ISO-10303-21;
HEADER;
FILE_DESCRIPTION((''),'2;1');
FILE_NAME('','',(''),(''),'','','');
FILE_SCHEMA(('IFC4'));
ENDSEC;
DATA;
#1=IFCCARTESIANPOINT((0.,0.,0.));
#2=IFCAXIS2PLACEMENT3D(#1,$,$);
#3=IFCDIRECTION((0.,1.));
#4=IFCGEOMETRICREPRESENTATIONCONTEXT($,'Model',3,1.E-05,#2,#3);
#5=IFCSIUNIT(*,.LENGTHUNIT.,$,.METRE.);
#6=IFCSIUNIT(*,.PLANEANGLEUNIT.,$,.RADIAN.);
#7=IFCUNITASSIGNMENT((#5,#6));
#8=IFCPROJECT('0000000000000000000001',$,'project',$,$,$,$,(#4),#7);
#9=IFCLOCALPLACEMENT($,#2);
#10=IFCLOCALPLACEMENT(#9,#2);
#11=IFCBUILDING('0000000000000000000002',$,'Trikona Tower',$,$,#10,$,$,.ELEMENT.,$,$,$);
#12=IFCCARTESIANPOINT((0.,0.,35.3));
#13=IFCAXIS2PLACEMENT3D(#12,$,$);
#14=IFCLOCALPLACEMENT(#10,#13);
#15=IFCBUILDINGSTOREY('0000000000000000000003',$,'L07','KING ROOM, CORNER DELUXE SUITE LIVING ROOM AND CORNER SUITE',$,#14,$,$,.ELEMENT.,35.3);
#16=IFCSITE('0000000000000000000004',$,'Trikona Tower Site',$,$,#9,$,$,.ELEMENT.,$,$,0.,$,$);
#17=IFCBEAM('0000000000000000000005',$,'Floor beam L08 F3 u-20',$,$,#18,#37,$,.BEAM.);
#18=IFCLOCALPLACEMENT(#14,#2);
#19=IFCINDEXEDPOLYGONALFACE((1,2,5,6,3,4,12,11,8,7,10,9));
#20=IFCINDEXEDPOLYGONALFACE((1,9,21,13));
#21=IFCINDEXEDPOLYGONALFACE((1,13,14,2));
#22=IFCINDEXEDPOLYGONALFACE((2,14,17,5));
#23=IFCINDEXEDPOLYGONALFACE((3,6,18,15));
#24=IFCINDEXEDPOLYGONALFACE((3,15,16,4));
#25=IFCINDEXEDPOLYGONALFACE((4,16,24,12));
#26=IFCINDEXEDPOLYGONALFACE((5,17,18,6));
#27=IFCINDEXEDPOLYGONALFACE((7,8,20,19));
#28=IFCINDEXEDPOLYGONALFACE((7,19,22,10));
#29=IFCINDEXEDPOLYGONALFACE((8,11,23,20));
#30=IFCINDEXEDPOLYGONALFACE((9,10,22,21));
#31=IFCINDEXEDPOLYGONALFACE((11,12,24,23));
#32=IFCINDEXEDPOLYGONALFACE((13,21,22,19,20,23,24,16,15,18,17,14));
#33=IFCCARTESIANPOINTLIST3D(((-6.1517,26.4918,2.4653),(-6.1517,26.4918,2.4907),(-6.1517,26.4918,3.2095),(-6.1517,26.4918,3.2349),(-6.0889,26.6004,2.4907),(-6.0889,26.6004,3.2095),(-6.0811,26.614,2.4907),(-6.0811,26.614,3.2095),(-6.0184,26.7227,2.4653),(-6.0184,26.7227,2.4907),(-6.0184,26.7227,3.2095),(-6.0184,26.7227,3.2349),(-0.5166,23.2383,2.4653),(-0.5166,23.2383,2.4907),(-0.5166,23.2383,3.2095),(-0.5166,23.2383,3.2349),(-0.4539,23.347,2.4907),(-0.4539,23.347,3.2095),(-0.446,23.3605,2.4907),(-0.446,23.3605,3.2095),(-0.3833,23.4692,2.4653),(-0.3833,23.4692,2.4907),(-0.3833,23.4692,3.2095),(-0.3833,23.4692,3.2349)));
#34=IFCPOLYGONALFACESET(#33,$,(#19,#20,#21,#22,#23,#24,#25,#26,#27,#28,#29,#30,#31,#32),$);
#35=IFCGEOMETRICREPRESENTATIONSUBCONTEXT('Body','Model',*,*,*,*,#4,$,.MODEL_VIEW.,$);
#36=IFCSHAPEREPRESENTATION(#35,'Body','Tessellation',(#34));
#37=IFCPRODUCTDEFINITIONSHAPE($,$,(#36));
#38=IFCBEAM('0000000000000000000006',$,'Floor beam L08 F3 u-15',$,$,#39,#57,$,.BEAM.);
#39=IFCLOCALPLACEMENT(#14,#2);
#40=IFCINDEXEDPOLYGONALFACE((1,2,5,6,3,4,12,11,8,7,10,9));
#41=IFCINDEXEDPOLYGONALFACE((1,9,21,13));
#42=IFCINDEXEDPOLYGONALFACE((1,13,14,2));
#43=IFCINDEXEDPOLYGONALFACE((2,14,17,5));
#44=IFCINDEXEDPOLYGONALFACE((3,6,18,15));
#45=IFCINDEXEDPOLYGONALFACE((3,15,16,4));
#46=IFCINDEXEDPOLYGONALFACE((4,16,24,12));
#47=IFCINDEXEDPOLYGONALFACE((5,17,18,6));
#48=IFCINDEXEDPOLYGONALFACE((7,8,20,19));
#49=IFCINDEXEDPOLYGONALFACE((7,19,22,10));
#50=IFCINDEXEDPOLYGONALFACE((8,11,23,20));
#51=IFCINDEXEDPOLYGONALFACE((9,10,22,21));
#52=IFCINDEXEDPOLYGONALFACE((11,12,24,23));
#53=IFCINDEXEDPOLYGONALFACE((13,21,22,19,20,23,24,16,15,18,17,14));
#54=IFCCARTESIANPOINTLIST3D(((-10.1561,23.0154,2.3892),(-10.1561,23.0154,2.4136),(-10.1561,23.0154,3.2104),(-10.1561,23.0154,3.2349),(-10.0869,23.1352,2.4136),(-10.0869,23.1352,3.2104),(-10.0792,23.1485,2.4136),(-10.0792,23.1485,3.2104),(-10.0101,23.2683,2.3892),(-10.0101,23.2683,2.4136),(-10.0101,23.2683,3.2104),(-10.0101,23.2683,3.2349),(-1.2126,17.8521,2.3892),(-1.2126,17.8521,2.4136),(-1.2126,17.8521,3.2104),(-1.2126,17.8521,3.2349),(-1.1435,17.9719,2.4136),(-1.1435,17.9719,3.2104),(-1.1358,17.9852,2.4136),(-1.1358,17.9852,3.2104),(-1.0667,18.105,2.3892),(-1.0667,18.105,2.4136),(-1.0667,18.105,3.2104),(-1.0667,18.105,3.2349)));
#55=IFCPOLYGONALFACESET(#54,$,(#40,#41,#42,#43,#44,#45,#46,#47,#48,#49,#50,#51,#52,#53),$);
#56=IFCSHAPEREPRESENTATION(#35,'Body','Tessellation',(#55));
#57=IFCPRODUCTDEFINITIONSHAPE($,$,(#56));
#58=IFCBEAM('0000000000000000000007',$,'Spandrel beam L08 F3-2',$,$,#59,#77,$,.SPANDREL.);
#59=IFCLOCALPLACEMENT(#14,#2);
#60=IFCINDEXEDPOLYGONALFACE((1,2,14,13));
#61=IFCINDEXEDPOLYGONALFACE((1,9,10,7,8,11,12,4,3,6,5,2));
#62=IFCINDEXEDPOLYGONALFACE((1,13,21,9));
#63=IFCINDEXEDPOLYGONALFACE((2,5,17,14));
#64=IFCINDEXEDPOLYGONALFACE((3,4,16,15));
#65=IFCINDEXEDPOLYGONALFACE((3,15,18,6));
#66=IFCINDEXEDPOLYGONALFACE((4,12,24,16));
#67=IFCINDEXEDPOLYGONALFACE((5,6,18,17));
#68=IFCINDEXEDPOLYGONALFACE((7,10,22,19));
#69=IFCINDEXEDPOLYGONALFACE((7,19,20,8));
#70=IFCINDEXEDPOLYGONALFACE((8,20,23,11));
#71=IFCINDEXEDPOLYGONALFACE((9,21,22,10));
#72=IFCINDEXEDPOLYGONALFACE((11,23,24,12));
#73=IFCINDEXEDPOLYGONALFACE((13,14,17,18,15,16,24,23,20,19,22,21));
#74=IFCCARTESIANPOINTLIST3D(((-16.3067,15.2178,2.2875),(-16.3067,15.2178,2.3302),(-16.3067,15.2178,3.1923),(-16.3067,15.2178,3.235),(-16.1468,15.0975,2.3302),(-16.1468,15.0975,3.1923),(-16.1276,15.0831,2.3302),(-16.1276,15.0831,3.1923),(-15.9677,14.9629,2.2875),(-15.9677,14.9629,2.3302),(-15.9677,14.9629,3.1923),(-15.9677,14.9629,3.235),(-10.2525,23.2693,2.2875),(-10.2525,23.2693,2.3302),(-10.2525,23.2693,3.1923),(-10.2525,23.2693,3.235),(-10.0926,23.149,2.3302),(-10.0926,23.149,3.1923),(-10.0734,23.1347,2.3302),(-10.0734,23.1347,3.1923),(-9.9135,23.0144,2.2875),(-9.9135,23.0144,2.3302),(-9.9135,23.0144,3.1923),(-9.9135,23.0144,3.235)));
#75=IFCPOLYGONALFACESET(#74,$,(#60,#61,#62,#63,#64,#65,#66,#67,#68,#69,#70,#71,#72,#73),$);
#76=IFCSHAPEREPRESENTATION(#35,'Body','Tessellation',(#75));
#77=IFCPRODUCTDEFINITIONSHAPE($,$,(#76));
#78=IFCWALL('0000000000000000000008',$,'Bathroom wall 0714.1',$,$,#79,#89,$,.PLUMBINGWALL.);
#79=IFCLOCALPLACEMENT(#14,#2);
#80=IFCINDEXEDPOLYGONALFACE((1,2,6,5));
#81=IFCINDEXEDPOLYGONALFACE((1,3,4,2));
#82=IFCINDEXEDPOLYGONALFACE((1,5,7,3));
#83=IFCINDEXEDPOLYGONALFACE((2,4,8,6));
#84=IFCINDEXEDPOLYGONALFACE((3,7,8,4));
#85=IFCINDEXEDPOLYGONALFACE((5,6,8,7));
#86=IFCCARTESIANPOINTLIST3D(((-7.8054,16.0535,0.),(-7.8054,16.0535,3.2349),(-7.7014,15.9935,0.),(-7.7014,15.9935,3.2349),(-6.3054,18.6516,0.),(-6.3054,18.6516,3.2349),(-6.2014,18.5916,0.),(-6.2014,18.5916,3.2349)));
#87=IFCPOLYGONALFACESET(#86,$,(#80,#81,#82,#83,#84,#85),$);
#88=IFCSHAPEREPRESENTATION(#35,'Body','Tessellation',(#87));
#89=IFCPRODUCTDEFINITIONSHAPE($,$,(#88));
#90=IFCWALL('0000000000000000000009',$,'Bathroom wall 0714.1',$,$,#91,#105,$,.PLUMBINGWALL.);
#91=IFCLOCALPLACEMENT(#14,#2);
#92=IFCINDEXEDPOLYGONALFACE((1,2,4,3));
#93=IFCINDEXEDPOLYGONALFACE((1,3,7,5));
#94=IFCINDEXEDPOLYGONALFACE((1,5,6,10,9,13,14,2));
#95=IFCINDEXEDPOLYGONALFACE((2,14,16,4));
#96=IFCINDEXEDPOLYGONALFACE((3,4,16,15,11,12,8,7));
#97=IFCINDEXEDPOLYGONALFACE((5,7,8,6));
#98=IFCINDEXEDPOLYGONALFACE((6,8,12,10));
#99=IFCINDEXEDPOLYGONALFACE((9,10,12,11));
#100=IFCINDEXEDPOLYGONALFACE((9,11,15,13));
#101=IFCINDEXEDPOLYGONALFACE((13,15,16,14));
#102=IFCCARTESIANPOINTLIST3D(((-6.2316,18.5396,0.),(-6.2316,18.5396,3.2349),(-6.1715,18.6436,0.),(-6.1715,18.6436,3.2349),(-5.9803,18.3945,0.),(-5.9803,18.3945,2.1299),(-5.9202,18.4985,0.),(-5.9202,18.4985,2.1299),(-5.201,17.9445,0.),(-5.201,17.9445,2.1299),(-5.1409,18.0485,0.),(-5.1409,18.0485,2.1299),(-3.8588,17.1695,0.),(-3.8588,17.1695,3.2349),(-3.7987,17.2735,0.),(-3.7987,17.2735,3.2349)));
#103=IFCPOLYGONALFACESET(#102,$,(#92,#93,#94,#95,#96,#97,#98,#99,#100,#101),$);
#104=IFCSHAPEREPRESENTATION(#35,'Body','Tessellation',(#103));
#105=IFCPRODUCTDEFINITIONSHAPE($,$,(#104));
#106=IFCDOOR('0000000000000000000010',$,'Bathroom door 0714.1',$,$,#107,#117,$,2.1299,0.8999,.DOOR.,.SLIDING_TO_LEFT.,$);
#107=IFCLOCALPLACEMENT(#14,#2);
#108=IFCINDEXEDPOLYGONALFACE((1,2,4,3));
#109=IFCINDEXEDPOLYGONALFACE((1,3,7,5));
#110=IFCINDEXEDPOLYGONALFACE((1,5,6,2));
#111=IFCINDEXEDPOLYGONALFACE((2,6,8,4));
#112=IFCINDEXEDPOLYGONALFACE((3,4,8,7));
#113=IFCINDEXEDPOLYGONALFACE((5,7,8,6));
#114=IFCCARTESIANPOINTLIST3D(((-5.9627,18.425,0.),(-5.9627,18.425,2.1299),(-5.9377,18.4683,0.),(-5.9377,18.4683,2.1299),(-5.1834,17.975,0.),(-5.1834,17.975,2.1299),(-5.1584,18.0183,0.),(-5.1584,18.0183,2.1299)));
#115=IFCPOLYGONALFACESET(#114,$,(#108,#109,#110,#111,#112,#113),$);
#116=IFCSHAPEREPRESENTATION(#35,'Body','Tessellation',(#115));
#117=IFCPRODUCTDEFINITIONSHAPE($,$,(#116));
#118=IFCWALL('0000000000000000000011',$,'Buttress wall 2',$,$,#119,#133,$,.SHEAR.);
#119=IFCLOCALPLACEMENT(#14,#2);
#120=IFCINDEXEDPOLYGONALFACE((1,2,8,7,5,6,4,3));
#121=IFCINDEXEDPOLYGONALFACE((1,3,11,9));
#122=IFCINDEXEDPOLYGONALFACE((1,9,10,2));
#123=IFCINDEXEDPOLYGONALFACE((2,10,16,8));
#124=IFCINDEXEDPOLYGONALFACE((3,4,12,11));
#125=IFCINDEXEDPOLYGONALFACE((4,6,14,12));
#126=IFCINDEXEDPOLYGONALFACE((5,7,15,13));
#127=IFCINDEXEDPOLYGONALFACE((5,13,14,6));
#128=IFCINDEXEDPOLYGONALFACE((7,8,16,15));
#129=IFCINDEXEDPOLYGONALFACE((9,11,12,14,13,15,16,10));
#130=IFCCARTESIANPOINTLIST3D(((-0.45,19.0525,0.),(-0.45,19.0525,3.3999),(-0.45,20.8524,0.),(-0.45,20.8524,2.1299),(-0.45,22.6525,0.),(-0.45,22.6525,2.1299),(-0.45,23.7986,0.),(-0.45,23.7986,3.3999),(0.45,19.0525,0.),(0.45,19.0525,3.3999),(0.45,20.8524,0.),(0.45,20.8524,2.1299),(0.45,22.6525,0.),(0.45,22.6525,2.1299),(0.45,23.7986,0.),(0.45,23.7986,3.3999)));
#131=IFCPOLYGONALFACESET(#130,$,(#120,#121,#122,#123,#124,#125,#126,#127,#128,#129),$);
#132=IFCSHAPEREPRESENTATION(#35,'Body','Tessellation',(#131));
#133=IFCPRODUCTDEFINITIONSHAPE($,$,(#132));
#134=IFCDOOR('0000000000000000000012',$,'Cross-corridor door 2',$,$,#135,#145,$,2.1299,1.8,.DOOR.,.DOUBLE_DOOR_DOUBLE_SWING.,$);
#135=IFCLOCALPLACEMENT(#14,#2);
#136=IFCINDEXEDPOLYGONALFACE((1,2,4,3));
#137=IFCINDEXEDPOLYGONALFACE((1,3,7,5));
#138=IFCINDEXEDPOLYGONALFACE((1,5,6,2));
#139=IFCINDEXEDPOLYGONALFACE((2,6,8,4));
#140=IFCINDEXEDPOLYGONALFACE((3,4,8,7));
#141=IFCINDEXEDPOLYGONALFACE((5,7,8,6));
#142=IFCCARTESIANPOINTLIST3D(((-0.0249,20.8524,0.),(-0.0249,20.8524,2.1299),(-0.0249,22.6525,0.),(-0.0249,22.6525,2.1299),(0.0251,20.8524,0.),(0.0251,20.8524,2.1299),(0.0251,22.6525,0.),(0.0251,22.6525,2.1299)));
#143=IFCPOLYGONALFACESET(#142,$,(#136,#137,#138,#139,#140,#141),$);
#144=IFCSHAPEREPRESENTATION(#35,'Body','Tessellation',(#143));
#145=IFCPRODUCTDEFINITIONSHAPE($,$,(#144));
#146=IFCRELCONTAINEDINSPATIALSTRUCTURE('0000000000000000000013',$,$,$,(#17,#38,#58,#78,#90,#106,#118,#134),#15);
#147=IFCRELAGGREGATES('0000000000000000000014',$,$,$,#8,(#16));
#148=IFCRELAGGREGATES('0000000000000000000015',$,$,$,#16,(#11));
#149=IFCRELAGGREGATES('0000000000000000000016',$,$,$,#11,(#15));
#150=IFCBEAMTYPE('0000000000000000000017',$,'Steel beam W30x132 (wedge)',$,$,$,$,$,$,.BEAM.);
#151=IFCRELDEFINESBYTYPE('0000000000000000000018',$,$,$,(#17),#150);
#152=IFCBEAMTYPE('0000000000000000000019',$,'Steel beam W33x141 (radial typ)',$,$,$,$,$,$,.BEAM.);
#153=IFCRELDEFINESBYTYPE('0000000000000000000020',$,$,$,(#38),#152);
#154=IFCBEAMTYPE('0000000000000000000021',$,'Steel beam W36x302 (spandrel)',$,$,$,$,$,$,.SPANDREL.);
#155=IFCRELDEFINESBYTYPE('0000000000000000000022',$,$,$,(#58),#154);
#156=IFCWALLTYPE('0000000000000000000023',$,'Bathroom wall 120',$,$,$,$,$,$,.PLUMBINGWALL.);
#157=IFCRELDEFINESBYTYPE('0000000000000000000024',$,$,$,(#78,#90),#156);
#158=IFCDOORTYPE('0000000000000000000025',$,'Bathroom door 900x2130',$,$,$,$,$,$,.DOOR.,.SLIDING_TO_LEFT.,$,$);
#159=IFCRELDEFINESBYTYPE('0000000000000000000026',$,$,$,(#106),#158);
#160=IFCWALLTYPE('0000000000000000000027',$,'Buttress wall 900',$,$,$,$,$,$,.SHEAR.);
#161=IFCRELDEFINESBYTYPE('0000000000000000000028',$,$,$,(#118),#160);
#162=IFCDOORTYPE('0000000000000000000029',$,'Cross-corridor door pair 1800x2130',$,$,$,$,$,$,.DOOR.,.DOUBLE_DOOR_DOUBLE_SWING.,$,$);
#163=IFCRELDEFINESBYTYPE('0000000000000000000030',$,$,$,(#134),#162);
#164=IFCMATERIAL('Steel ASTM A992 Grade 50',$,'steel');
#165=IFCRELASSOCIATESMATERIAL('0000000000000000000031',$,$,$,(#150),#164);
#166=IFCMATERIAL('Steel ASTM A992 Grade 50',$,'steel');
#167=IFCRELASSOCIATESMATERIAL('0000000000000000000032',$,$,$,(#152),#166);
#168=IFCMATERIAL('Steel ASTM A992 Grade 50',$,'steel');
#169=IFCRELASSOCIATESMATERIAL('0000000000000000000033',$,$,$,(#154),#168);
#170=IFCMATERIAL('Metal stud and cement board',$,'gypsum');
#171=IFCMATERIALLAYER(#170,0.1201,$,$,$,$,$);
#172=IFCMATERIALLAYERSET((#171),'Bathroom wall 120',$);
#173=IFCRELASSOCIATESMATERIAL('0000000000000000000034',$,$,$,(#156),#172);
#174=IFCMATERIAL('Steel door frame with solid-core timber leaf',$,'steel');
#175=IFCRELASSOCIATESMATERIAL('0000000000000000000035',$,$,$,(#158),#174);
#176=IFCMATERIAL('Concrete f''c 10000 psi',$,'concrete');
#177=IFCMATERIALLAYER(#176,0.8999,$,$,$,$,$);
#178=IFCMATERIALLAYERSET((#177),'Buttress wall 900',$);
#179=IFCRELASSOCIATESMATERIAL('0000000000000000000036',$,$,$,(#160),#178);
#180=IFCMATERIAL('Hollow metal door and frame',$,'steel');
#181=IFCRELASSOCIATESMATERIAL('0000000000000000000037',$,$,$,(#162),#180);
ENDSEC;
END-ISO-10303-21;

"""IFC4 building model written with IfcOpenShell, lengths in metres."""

from ifc_helpers import new_model, si_unit, direction, frame, frame_2d, origin, origin_2d, place, context, subcontext, project, spatial, rectangle, i_section, extrude, material, layer, layer_set, material_profile, profile_set, type_object, element, fill, save


model = new_model("IFC4")

# Units and contexts
model_context = context("Model", 3, precision=1e-05, world=origin(), true_north=direction((0.0, 1.0)))
body_context = subcontext(model_context, "Body", "Model", "MODEL_VIEW")
ifc_project = project(units=[si_unit("LENGTHUNIT", "METRE"), si_unit("PLANEANGLEUNIT", "RADIAN")], contexts=[model_context])

# Site, building, storey
site_placement = place(None, origin())
site = spatial("IfcSite", under=ifc_project, at=site_placement, Name="Trikona Tower Site", CompositionType="ELEMENT", RefElevation=0.0)
building_placement = place(site_placement, origin())
building = spatial("IfcBuilding", under=site, at=building_placement, Name="Trikona Tower", CompositionType="ELEMENT")
storey_placement = place(building_placement, frame((0.0, 0.0, 35.3)))
storey = spatial("IfcBuildingStorey", under=building, at=storey_placement, Name="L07", Description="KING ROOM, CORNER DELUXE SUITE LIVING ROOM AND CORNER SUITE", CompositionType="ELEMENT", Elevation=35.3)

# Beams
ifc_material_1 = material(Name="Steel ASTM A992 Grade 50", Category="steel")
ifc_material_profile_1 = material_profile(ifc_material_1, i_section(OverallWidth=0.2666, OverallDepth=0.7695, WebThickness=0.0156, FlangeThickness=0.0254, at=origin_2d()), Name="W30X132")
ifc_profile_set_1 = profile_set([ifc_material_profile_1], Name="Steel ASTM A992 Grade 50")
beam_type_1 = type_object("IfcBeamType", Name="Steel beam W30x132 (wedge)", PredefinedType="BEAM", material=ifc_profile_set_1)
beam_1_placement = place(storey_placement, frame((-0.45, 23.3538, 2.8501), z_axis=(-0.866023, 0.500005, 0.0), x_axis=(-0.500005, -0.866023, 0.0)))
element("IfcBeam", 1, at=beam_1_placement, inside=storey, type_object=beam_type_1, Name="Floor beam L08 F3 u-20", PredefinedType="BEAM", context=body_context, shape_type="SweptSolid", body=[
    extrude(i_section(OverallWidth=0.2666, OverallDepth=0.7695, WebThickness=0.0156, FlangeThickness=0.0254, at=origin_2d()), origin(), (0.0, 0.0, 1.0), 6.5068),
])
ifc_material_2 = material(Name="Steel ASTM A992 Grade 50", Category="steel")
ifc_material_profile_2 = material_profile(ifc_material_2, i_section(OverallWidth=0.292, OverallDepth=0.8457, WebThickness=0.0154, FlangeThickness=0.0244, at=origin_2d()), Name="W33X141")
ifc_profile_set_2 = profile_set([ifc_material_profile_2], Name="Steel ASTM A992 Grade 50")
beam_type_2 = type_object("IfcBeamType", Name="Steel beam W33x141 (radial typ)", PredefinedType="BEAM", material=ifc_profile_set_2)
beam_2_placement = place(storey_placement, frame((-1.1396, 17.9785, 2.812), z_axis=(-0.86603, 0.499991, 0.0), x_axis=(-0.499991, -0.86603, 0.0)))
element("IfcBeam", 2, at=beam_2_placement, inside=storey, type_object=beam_type_2, Name="Floor beam L08 F3 u-15", PredefinedType="BEAM", context=body_context, shape_type="SweptSolid", body=[
    extrude(i_section(OverallWidth=0.292, OverallDepth=0.8457, WebThickness=0.0154, FlangeThickness=0.0244, at=origin_2d()), origin(), (0.0, 0.0, 1.0), 10.3269),
])
ifc_material_3 = material(Name="Steel ASTM A992 Grade 50", Category="steel")
ifc_material_profile_3 = material_profile(ifc_material_3, i_section(OverallWidth=0.4241, OverallDepth=0.9475, WebThickness=0.0239, FlangeThickness=0.0427, at=origin_2d()), Name="W36X302")
ifc_profile_set_3 = profile_set([ifc_material_profile_3], Name="Steel ASTM A992 Grade 50")
beam_type_3 = type_object("IfcBeamType", Name="Steel beam W36x302 (spandrel)", PredefinedType="SPANDREL", material=ifc_profile_set_3)
beam_3_placement = place(storey_placement, frame((-10.083, 23.1418, 2.7612), z_axis=(-0.600988, -0.799258, 0.0), x_axis=(0.799258, -0.600988, 0.0)))
element("IfcBeam", 3, at=beam_3_placement, inside=storey, type_object=beam_type_3, Name="Spandrel beam L08 F3-2", PredefinedType="SPANDREL", context=body_context, shape_type="SweptSolid", body=[
    extrude(i_section(OverallWidth=0.4241, OverallDepth=0.9475, WebThickness=0.0239, FlangeThickness=0.0427, at=origin_2d()), origin(), (0.0, 0.0, 1.0), 10.0737),
])

# Wall
ifc_material_4 = material(Name="Metal stud and cement board", Category="gypsum")
ifc_layer_1 = layer(ifc_material_4, 0.1201)
ifc_layer_set_1 = layer_set([ifc_layer_1], Name="Bathroom wall 120")
wall_type_1 = type_object("IfcWallType", Name="Bathroom wall 120", PredefinedType="PLUMBINGWALL", material=ifc_layer_set_1)
wall_1_placement = place(storey_placement, frame((-6.2534, 18.6216, 0.0), z_axis=(0.0, 0.0, 1.0), x_axis=(-0.49999, -0.866031, 0.0)))
element("IfcWall", 4, at=wall_1_placement, inside=storey, type_object=wall_type_1, Name="Bathroom wall 0714.1", PredefinedType="PLUMBINGWALL", context=body_context, shape_type="SweptSolid", body=[
    extrude(rectangle(XDim=3.0, YDim=0.1201, at=frame_2d((1.5, 0.0))), origin(), (0.0, 0.0, 1.0), 3.2349),
])

# Walls, openings, doors
wall_2_placement = place(storey_placement, frame((-3.8286, 17.2214, 0.0), z_axis=(0.0, 0.0, 1.0), x_axis=(-0.865997, 0.500049, 0.0)))
wall_2 = element("IfcWall", 5, at=wall_2_placement, inside=storey, type_object=wall_type_1, Name="Bathroom wall 0714.1", PredefinedType="PLUMBINGWALL", context=body_context, shape_type="SweptSolid", body=[
    extrude(rectangle(XDim=2.74, YDim=0.1201, at=frame_2d((1.3701, 0.0))), origin(), (0.0, 0.0, 1.0), 3.2349),
])
opening_1_placement = place(wall_2_placement, frame((1.55, 0.0, 0.0)))
opening_1 = element("IfcOpeningElement", 6, at=opening_1_placement, cuts=wall_2, PredefinedType="OPENING", context=body_context, shape_type="SweptSolid", body=[
    extrude(rectangle(XDim=0.8999, YDim=2.1299, at=frame_2d((0.45, 1.0649))), frame((0.0, 0.0701, 0.0), z_axis=(0.0, -1.0, 0.0), x_axis=(1.0, 0.0, 0.0)), (0.0, 0.0, 1.0), 0.1401),
])
ifc_material_5 = material(Name="Steel door frame with solid-core timber leaf", Category="steel")
door_type_1 = type_object("IfcDoorType", Name="Bathroom door 900x2130", OperationType="SLIDING_TO_LEFT", PredefinedType="DOOR", material=ifc_material_5)
door_1_placement = place(opening_1_placement, origin())
door_1 = element("IfcDoor", 7, at=door_1_placement, inside=storey, type_object=door_type_1, Name="Bathroom door 0714.1", OperationType="SLIDING_TO_LEFT", OverallHeight=2.1299, OverallWidth=0.8999, PredefinedType="DOOR", context=body_context, shape_type="SweptSolid", body=[
    extrude(rectangle(XDim=0.8999, YDim=2.1299, at=frame_2d((0.45, 1.0649))), frame((0.0, 0.0249, 0.0), z_axis=(0.0, -1.0, 0.0), x_axis=(1.0, 0.0, 0.0)), (0.0, 0.0, 1.0), 0.05),
])
fill(opening_1, door_1)
ifc_material_6 = material(Name="Concrete f'c 10000 psi", Category="concrete")
ifc_layer_2 = layer(ifc_material_6, 0.8999)
ifc_layer_set_2 = layer_set([ifc_layer_2], Name="Buttress wall 900")
wall_type_2 = type_object("IfcWallType", Name="Buttress wall 900", PredefinedType="SHEAR", material=ifc_layer_set_2)
wall_3_placement = place(storey_placement, frame((0.0, 19.0525, 0.0), z_axis=(0.0, 0.0, 1.0), x_axis=(0.0, 1.0, 0.0)))
wall_3 = element("IfcWall", 8, at=wall_3_placement, inside=storey, type_object=wall_type_2, Name="Buttress wall 2", PredefinedType="SHEAR", context=body_context, shape_type="SweptSolid", body=[
    extrude(rectangle(XDim=4.7461, YDim=0.8999, at=frame_2d((2.373, 0.0))), origin(), (0.0, 0.0, 1.0), 3.3999),
])
opening_2_placement = place(wall_3_placement, frame((1.8, 0.0, 0.0)))
opening_2 = element("IfcOpeningElement", 9, at=opening_2_placement, cuts=wall_3, PredefinedType="OPENING", context=body_context, shape_type="SweptSolid", body=[
    extrude(rectangle(XDim=1.8, YDim=2.1299, at=frame_2d((0.8999, 1.0649))), frame((0.0, 0.46, 0.0), z_axis=(0.0, -1.0, 0.0), x_axis=(1.0, 0.0, 0.0)), (0.0, 0.0, 1.0), 0.9199),
])
ifc_material_7 = material(Name="Hollow metal door and frame", Category="steel")
door_type_2 = type_object("IfcDoorType", Name="Cross-corridor door pair 1800x2130", OperationType="DOUBLE_DOOR_DOUBLE_SWING", PredefinedType="DOOR", material=ifc_material_7)
door_2_placement = place(opening_2_placement, origin())
door_2 = element("IfcDoor", 10, at=door_2_placement, inside=storey, type_object=door_type_2, Name="Cross-corridor door 2", OperationType="DOUBLE_DOOR_DOUBLE_SWING", OverallHeight=2.1299, OverallWidth=1.8, PredefinedType="DOOR", context=body_context, shape_type="SweptSolid", body=[
    extrude(rectangle(XDim=1.8, YDim=2.1299, at=frame_2d((0.8999, 1.0649))), frame((0.0, 0.0249, 0.0), z_axis=(0.0, -1.0, 0.0), x_axis=(1.0, 0.0, 0.0)), (0.0, 0.0, 1.0), 0.05),
])
fill(opening_2, door_2)

save(model, "model.ifc")
